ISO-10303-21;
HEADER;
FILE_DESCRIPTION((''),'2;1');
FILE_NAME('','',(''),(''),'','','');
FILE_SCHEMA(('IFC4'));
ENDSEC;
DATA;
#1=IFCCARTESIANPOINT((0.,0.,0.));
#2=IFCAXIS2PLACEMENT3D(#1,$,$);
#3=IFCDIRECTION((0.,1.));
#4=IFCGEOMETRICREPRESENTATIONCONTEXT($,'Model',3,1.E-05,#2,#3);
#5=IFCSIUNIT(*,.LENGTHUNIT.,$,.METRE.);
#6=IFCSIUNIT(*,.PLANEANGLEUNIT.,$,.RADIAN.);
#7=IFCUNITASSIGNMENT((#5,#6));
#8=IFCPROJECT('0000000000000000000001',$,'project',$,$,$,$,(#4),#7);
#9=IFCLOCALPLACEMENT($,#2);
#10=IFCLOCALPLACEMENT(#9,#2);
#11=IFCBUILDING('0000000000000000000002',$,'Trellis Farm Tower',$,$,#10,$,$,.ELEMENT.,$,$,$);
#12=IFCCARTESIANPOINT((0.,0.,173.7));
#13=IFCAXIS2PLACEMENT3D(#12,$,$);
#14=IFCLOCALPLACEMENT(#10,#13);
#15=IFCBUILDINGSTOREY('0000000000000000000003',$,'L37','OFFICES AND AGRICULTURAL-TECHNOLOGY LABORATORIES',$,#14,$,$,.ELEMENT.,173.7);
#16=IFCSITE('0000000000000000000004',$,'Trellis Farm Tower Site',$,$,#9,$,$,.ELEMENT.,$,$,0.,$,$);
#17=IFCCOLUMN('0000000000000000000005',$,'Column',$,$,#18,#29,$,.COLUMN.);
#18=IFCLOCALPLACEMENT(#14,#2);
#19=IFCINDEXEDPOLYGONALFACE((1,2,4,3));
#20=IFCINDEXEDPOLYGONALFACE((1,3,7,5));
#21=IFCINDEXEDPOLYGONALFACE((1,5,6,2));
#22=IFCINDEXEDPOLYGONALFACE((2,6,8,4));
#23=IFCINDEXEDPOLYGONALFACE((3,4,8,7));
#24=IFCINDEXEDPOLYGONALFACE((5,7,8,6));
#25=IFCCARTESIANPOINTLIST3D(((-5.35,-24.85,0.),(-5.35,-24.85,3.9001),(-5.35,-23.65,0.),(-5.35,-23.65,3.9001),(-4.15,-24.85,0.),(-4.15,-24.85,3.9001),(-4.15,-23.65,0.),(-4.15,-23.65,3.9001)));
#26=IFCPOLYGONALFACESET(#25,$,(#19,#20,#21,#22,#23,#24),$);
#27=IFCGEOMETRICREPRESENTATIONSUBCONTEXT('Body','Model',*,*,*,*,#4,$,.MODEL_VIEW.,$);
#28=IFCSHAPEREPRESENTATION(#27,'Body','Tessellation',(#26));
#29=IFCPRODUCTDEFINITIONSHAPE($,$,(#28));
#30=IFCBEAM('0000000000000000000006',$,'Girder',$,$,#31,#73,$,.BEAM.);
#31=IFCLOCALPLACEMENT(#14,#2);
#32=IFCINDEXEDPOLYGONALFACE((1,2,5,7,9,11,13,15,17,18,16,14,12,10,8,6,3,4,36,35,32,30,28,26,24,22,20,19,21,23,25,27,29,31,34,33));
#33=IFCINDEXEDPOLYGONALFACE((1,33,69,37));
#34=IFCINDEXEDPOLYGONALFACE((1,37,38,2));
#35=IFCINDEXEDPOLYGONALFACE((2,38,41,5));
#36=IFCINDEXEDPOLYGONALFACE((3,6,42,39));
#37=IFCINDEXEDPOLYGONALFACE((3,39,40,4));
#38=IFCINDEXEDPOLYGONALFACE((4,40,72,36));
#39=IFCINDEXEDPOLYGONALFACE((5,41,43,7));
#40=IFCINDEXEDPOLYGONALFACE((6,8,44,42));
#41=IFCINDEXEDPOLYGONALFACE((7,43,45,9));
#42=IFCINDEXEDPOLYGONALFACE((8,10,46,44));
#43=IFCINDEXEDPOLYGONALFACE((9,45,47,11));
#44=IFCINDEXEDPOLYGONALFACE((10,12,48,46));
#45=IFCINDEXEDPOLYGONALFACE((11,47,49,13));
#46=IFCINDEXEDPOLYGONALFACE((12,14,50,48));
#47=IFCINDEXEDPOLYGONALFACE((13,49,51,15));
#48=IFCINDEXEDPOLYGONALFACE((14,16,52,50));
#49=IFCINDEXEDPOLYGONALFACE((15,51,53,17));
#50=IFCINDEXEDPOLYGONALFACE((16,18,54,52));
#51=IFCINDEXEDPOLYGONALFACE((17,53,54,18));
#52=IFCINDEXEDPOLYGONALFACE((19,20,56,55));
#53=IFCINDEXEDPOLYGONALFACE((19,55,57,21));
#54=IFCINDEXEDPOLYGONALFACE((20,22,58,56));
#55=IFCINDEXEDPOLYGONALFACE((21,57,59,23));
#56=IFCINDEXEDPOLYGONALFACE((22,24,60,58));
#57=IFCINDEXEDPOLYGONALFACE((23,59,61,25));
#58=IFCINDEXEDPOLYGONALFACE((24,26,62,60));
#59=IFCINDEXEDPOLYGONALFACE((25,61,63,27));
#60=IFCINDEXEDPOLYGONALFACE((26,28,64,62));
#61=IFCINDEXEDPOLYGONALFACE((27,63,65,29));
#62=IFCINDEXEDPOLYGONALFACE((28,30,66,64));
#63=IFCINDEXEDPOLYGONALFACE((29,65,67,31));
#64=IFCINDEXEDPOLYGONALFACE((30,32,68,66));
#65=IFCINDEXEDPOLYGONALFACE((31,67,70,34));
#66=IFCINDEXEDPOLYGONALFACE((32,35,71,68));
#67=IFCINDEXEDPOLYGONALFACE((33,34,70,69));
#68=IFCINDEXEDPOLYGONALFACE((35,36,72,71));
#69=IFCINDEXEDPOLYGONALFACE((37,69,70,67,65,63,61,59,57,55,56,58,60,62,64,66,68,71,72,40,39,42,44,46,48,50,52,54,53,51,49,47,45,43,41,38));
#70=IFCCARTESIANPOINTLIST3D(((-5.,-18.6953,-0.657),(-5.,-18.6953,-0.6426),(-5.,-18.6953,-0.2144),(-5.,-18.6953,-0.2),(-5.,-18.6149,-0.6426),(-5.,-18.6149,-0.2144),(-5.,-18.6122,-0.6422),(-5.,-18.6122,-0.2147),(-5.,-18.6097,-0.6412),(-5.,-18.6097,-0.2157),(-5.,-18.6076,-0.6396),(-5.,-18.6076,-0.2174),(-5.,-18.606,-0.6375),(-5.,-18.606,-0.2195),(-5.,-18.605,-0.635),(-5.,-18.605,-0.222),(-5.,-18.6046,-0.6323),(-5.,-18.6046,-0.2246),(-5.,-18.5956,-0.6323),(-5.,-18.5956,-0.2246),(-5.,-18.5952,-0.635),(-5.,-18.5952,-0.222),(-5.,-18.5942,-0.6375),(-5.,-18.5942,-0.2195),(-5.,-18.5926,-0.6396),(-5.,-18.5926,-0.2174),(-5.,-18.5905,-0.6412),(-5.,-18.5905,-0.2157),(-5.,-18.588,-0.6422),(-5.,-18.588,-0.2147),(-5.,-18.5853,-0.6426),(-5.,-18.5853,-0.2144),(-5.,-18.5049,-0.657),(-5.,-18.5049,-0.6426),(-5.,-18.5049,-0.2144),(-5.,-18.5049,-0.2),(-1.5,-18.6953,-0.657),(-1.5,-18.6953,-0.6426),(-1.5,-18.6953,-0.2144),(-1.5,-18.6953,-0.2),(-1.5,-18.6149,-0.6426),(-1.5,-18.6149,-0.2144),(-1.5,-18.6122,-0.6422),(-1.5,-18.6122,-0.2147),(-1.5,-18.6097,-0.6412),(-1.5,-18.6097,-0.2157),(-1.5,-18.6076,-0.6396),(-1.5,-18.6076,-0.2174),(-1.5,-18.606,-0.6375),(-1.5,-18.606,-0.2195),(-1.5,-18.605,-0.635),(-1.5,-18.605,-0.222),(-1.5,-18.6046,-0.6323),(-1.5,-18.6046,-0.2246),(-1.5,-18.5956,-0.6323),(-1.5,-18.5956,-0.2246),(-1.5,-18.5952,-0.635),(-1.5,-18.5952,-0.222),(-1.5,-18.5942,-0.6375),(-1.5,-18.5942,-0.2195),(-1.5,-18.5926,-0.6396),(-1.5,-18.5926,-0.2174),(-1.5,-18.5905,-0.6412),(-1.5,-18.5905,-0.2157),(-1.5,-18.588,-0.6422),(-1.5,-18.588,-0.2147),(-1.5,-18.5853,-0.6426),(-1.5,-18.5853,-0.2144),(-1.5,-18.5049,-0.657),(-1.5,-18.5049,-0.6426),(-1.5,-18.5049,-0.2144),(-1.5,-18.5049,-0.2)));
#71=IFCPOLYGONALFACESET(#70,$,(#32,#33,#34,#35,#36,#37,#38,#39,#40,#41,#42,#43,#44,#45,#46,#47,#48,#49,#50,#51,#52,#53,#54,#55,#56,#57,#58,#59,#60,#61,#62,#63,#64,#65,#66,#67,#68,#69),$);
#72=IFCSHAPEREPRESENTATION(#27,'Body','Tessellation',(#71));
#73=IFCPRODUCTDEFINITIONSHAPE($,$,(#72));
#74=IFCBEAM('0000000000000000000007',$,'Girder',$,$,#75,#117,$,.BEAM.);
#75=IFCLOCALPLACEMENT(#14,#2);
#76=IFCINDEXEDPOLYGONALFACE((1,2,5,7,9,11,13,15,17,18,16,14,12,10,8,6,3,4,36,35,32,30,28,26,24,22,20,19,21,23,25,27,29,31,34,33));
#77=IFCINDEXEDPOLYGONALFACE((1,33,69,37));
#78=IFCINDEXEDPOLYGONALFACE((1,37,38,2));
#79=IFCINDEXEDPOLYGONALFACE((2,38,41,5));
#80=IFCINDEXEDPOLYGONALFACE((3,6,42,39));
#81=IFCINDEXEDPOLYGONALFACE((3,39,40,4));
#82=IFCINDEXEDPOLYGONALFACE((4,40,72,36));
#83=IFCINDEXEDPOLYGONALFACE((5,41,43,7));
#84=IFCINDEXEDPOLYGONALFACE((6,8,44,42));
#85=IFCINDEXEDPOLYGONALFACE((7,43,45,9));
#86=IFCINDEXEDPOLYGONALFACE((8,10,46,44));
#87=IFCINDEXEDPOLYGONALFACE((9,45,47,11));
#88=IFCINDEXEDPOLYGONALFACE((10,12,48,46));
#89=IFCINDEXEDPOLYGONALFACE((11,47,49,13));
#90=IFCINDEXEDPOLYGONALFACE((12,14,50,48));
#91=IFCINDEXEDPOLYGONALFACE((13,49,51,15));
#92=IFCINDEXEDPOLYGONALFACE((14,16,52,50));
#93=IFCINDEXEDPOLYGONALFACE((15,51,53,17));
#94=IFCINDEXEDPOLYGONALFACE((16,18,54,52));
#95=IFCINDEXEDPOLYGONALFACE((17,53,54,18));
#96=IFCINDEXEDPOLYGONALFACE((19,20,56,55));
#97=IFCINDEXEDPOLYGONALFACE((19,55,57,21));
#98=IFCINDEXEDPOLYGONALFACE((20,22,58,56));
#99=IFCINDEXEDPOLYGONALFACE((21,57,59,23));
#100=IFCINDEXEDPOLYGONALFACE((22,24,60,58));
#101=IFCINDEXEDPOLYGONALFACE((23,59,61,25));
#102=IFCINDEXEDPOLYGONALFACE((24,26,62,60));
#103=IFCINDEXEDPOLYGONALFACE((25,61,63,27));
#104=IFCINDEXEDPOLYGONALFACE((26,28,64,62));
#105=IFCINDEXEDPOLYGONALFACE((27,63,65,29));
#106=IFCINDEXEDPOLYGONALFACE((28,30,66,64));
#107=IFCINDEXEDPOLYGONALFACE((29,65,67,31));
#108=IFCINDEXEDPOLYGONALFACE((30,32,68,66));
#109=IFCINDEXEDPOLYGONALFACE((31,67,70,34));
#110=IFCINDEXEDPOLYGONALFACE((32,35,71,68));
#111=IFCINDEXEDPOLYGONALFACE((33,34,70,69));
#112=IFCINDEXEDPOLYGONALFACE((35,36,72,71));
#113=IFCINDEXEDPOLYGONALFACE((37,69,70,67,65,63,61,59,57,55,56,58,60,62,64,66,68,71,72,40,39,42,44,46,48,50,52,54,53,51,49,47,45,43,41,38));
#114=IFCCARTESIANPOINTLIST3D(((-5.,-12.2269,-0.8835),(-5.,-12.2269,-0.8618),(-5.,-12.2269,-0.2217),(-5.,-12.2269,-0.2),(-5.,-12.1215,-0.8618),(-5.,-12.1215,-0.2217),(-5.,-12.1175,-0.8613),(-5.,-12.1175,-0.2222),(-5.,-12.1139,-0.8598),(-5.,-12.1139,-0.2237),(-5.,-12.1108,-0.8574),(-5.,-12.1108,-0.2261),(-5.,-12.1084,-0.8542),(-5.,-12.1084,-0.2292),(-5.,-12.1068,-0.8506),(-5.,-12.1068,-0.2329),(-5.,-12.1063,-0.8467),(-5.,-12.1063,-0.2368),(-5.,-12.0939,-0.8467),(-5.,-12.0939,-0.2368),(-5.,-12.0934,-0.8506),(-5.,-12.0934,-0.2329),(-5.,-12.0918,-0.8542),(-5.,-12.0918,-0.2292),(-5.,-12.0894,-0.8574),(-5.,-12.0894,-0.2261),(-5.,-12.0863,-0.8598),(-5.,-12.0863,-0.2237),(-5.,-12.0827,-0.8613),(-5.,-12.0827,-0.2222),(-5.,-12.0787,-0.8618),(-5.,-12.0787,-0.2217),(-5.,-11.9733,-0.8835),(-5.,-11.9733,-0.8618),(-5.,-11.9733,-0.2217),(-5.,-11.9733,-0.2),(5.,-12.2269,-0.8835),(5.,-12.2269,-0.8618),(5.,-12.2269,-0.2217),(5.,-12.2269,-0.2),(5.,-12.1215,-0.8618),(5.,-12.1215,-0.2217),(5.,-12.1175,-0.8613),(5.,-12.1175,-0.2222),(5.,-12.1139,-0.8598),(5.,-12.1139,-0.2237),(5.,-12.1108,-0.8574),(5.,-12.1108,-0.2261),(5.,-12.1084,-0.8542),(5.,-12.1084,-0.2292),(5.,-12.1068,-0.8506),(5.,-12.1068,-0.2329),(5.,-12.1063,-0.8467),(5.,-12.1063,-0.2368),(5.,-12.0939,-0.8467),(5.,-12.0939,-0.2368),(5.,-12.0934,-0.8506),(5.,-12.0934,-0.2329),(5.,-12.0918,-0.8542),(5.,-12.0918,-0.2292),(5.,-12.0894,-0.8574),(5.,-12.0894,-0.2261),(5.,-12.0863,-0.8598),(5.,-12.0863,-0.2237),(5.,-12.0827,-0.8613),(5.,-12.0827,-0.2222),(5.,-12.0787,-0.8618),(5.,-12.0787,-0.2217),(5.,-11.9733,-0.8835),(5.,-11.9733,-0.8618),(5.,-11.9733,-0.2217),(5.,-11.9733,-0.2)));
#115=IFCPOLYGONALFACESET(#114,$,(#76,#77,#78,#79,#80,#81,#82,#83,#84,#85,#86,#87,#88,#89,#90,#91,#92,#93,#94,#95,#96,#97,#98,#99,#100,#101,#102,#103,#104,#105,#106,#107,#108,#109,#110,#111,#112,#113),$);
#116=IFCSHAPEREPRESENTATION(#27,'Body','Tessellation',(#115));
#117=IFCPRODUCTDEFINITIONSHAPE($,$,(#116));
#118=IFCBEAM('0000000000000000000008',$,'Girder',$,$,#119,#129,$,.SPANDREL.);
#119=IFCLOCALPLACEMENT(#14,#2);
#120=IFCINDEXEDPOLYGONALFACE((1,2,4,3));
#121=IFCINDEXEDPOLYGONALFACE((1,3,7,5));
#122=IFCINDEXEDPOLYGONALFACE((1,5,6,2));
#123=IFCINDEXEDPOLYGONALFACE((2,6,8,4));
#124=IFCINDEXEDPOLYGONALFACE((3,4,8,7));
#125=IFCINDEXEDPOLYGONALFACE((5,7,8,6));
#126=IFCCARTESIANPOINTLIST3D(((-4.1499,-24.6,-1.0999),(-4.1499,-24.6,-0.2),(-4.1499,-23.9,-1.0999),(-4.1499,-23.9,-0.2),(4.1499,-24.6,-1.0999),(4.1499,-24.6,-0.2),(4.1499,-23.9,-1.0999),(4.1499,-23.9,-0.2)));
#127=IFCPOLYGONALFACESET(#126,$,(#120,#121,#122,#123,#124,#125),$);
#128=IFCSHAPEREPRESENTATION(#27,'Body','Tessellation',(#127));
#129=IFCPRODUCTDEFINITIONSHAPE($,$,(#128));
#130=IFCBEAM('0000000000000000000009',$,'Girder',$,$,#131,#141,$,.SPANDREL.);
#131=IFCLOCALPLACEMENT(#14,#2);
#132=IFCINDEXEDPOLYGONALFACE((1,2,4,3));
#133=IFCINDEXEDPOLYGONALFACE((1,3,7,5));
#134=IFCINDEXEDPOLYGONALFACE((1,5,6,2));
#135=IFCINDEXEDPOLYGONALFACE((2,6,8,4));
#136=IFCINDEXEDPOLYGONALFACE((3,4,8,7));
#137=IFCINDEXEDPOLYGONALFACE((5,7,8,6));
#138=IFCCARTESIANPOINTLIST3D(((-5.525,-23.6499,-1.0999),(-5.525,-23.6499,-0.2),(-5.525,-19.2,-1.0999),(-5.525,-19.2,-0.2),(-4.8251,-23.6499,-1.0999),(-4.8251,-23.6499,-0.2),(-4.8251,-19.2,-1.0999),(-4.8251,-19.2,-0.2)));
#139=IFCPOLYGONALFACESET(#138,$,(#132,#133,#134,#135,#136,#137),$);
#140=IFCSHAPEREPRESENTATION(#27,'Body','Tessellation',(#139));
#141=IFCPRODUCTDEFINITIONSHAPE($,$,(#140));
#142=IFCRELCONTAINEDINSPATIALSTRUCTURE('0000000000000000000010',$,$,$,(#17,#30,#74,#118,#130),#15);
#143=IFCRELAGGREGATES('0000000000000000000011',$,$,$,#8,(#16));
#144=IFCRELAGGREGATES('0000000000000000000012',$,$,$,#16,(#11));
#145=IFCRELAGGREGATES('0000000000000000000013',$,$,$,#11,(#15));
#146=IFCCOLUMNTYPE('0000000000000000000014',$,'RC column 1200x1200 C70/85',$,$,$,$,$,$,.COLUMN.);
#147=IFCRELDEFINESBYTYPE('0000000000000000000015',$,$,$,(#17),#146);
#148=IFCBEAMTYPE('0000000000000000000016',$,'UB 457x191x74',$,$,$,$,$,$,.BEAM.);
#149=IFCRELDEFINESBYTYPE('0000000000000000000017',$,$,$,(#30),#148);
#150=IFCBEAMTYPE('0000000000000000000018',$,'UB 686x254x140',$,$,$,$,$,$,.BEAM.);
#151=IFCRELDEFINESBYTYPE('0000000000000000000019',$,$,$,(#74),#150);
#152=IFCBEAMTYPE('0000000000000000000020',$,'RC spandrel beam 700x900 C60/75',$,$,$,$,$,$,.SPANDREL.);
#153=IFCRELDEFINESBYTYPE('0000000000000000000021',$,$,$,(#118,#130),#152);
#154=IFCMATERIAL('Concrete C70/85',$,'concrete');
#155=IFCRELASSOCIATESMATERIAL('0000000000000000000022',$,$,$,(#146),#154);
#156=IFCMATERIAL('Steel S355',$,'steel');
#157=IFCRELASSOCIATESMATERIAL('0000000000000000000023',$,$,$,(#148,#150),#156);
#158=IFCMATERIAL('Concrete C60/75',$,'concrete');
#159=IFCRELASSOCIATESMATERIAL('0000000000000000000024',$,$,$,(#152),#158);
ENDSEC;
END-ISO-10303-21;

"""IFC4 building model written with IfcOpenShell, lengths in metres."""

from ifc_helpers import new_model, si_unit, direction, frame, origin, origin_2d, place, context, subcontext, project, spatial, rectangle, i_section, extrude, source, transform, mapped, material, material_profile, profile_set, type_object, element, save


model = new_model("IFC4")

# Units and contexts
model_context = context("Model", 3, precision=1e-05, world=origin(), true_north=direction((0.0, 1.0)))
body_context = subcontext(model_context, "Body", "Model", "MODEL_VIEW")
ifc_project = project(units=[si_unit("LENGTHUNIT", "METRE"), si_unit("PLANEANGLEUNIT", "RADIAN")], contexts=[model_context])

# Site, building, storey
site_placement = place(None, origin())
site = spatial("IfcSite", under=ifc_project, at=site_placement, Name="Trellis Farm Tower Site", CompositionType="ELEMENT", RefElevation=0.0)
building_placement = place(site_placement, origin())
building = spatial("IfcBuilding", under=site, at=building_placement, Name="Trellis Farm Tower", CompositionType="ELEMENT")
storey_placement = place(building_placement, frame((0.0, 0.0, 173.7)))
storey = spatial("IfcBuildingStorey", under=building, at=storey_placement, Name="L37", Description="OFFICES AND AGRICULTURAL-TECHNOLOGY LABORATORIES", CompositionType="ELEMENT", Elevation=173.7)

# Column
ifc_material_1 = material(Name="Concrete C70/85", Category="concrete")
ifc_material_profile_1 = material_profile(ifc_material_1, rectangle(XDim=1.2, YDim=1.2, at=origin_2d()), Name="RC column 1200x1200 C70/85")
ifc_profile_set_1 = profile_set([ifc_material_profile_1], Name="Concrete C70/85")
column_type = type_object("IfcColumnType", Name="RC column 1200x1200 C70/85", PredefinedType="COLUMN", material=ifc_profile_set_1)
shared_shape_1 = source(origin(), body_context, "Body", "SweptSolid", [
    extrude(rectangle(XDim=1.2, YDim=1.2, at=origin_2d()), origin(), (0.0, 0.0, 1.0), 3.9001),
])
column_placement = place(storey_placement, frame((-4.75, -24.25, 0.0), z_axis=(0.0, 0.0, 1.0), x_axis=(1.0, 0.0, 0.0)))
element("IfcColumn", 1, at=column_placement, inside=storey, type_object=column_type, Name="Column", PredefinedType="COLUMN", context=body_context, shape_type="MappedRepresentation", body=[
    mapped(shared_shape_1, transform((0.0, 0.0, 0.0))),
])

# Beams
ifc_material_2 = material(Name="Steel S355", Category="steel")
ifc_material_profile_2 = material_profile(ifc_material_2, i_section(OverallWidth=0.1904, OverallDepth=0.457, WebThickness=0.009, FlangeThickness=0.0144, FilletRadius=0.0103, at=origin_2d()), Name="UB 457x191x74")
ifc_profile_set_2 = profile_set([ifc_material_profile_2], Name="Steel S355")
beam_type_1 = type_object("IfcBeamType", Name="UB 457x191x74", PredefinedType="BEAM", material=ifc_profile_set_2)
shared_shape_2 = source(origin(), body_context, "Body", "SweptSolid", [
    extrude(i_section(OverallWidth=0.1904, OverallDepth=0.457, WebThickness=0.009, FlangeThickness=0.0144, FilletRadius=0.0103, at=origin_2d()), origin(), (0.0, 0.0, 1.0), 3.5),
])
beam_1_placement = place(storey_placement, frame((-5.0, -18.6001, -0.4285), z_axis=(1.0, 0.0, 0.0), x_axis=(0.0, 1.0, 0.0)))
element("IfcBeam", 2, at=beam_1_placement, inside=storey, type_object=beam_type_1, Name="Girder", PredefinedType="BEAM", context=body_context, shape_type="MappedRepresentation", body=[
    mapped(shared_shape_2, transform((0.0, 0.0, 0.0))),
])
ifc_material_profile_3 = material_profile(ifc_material_2, i_section(OverallWidth=0.2537, OverallDepth=0.6836, WebThickness=0.0125, FlangeThickness=0.0217, FilletRadius=0.0151, at=origin_2d()), Name="UB 686x254x140")
ifc_profile_set_3 = profile_set([ifc_material_profile_3], Name="Steel S355")
beam_type_2 = type_object("IfcBeamType", Name="UB 686x254x140", PredefinedType="BEAM", material=ifc_profile_set_3)
shared_shape_3 = source(origin(), body_context, "Body", "SweptSolid", [
    extrude(i_section(OverallWidth=0.2537, OverallDepth=0.6836, WebThickness=0.0125, FlangeThickness=0.0217, FilletRadius=0.0151, at=origin_2d()), origin(), (0.0, 0.0, 1.0), 10.0),
])
beam_2_placement = place(storey_placement, frame((-5.0, -12.1001, -0.5417), z_axis=(1.0, 0.0, 0.0), x_axis=(0.0, 1.0, 0.0)))
element("IfcBeam", 3, at=beam_2_placement, inside=storey, type_object=beam_type_2, Name="Girder", PredefinedType="BEAM", context=body_context, shape_type="MappedRepresentation", body=[
    mapped(shared_shape_3, transform((0.0, 0.0, 0.0))),
])
ifc_material_3 = material(Name="Concrete C60/75", Category="concrete")
ifc_material_profile_4 = material_profile(ifc_material_3, rectangle(XDim=0.7, YDim=0.8999, at=origin_2d()), Name="RC spandrel beam 700x900 C60/75")
ifc_profile_set_4 = profile_set([ifc_material_profile_4], Name="Concrete C60/75")
beam_type_3 = type_object("IfcBeamType", Name="RC spandrel beam 700x900 C60/75", PredefinedType="SPANDREL", material=ifc_profile_set_4)
shared_shape_4 = source(origin(), body_context, "Body", "SweptSolid", [
    extrude(rectangle(XDim=0.7, YDim=0.8999, at=origin_2d()), origin(), (0.0, 0.0, 1.0), 8.2998),
])
beam_3_placement = place(storey_placement, frame((-4.1499, -24.25, -0.6499), z_axis=(1.0, 0.0, 0.0), x_axis=(0.0, 1.0, 0.0)))
element("IfcBeam", 4, at=beam_3_placement, inside=storey, type_object=beam_type_3, Name="Girder", PredefinedType="SPANDREL", context=body_context, shape_type="MappedRepresentation", body=[
    mapped(shared_shape_4, transform((0.0, 0.0, 0.0))),
])
shared_shape_5 = source(origin(), body_context, "Body", "SweptSolid", [
    extrude(rectangle(XDim=0.7, YDim=0.8999, at=origin_2d()), origin(), (0.0, 0.0, 1.0), 4.45),
])
beam_4_placement = place(storey_placement, frame((-5.175, -23.6499, -0.6499), z_axis=(0.0, 1.0, 0.0), x_axis=(-1.0, 0.0, 0.0)))
element("IfcBeam", 5, at=beam_4_placement, inside=storey, type_object=beam_type_3, Name="Girder", PredefinedType="SPANDREL", context=body_context, shape_type="MappedRepresentation", body=[
    mapped(shared_shape_5, transform((0.0, 0.0, 0.0))),
])

save(model, "model.ifc")
